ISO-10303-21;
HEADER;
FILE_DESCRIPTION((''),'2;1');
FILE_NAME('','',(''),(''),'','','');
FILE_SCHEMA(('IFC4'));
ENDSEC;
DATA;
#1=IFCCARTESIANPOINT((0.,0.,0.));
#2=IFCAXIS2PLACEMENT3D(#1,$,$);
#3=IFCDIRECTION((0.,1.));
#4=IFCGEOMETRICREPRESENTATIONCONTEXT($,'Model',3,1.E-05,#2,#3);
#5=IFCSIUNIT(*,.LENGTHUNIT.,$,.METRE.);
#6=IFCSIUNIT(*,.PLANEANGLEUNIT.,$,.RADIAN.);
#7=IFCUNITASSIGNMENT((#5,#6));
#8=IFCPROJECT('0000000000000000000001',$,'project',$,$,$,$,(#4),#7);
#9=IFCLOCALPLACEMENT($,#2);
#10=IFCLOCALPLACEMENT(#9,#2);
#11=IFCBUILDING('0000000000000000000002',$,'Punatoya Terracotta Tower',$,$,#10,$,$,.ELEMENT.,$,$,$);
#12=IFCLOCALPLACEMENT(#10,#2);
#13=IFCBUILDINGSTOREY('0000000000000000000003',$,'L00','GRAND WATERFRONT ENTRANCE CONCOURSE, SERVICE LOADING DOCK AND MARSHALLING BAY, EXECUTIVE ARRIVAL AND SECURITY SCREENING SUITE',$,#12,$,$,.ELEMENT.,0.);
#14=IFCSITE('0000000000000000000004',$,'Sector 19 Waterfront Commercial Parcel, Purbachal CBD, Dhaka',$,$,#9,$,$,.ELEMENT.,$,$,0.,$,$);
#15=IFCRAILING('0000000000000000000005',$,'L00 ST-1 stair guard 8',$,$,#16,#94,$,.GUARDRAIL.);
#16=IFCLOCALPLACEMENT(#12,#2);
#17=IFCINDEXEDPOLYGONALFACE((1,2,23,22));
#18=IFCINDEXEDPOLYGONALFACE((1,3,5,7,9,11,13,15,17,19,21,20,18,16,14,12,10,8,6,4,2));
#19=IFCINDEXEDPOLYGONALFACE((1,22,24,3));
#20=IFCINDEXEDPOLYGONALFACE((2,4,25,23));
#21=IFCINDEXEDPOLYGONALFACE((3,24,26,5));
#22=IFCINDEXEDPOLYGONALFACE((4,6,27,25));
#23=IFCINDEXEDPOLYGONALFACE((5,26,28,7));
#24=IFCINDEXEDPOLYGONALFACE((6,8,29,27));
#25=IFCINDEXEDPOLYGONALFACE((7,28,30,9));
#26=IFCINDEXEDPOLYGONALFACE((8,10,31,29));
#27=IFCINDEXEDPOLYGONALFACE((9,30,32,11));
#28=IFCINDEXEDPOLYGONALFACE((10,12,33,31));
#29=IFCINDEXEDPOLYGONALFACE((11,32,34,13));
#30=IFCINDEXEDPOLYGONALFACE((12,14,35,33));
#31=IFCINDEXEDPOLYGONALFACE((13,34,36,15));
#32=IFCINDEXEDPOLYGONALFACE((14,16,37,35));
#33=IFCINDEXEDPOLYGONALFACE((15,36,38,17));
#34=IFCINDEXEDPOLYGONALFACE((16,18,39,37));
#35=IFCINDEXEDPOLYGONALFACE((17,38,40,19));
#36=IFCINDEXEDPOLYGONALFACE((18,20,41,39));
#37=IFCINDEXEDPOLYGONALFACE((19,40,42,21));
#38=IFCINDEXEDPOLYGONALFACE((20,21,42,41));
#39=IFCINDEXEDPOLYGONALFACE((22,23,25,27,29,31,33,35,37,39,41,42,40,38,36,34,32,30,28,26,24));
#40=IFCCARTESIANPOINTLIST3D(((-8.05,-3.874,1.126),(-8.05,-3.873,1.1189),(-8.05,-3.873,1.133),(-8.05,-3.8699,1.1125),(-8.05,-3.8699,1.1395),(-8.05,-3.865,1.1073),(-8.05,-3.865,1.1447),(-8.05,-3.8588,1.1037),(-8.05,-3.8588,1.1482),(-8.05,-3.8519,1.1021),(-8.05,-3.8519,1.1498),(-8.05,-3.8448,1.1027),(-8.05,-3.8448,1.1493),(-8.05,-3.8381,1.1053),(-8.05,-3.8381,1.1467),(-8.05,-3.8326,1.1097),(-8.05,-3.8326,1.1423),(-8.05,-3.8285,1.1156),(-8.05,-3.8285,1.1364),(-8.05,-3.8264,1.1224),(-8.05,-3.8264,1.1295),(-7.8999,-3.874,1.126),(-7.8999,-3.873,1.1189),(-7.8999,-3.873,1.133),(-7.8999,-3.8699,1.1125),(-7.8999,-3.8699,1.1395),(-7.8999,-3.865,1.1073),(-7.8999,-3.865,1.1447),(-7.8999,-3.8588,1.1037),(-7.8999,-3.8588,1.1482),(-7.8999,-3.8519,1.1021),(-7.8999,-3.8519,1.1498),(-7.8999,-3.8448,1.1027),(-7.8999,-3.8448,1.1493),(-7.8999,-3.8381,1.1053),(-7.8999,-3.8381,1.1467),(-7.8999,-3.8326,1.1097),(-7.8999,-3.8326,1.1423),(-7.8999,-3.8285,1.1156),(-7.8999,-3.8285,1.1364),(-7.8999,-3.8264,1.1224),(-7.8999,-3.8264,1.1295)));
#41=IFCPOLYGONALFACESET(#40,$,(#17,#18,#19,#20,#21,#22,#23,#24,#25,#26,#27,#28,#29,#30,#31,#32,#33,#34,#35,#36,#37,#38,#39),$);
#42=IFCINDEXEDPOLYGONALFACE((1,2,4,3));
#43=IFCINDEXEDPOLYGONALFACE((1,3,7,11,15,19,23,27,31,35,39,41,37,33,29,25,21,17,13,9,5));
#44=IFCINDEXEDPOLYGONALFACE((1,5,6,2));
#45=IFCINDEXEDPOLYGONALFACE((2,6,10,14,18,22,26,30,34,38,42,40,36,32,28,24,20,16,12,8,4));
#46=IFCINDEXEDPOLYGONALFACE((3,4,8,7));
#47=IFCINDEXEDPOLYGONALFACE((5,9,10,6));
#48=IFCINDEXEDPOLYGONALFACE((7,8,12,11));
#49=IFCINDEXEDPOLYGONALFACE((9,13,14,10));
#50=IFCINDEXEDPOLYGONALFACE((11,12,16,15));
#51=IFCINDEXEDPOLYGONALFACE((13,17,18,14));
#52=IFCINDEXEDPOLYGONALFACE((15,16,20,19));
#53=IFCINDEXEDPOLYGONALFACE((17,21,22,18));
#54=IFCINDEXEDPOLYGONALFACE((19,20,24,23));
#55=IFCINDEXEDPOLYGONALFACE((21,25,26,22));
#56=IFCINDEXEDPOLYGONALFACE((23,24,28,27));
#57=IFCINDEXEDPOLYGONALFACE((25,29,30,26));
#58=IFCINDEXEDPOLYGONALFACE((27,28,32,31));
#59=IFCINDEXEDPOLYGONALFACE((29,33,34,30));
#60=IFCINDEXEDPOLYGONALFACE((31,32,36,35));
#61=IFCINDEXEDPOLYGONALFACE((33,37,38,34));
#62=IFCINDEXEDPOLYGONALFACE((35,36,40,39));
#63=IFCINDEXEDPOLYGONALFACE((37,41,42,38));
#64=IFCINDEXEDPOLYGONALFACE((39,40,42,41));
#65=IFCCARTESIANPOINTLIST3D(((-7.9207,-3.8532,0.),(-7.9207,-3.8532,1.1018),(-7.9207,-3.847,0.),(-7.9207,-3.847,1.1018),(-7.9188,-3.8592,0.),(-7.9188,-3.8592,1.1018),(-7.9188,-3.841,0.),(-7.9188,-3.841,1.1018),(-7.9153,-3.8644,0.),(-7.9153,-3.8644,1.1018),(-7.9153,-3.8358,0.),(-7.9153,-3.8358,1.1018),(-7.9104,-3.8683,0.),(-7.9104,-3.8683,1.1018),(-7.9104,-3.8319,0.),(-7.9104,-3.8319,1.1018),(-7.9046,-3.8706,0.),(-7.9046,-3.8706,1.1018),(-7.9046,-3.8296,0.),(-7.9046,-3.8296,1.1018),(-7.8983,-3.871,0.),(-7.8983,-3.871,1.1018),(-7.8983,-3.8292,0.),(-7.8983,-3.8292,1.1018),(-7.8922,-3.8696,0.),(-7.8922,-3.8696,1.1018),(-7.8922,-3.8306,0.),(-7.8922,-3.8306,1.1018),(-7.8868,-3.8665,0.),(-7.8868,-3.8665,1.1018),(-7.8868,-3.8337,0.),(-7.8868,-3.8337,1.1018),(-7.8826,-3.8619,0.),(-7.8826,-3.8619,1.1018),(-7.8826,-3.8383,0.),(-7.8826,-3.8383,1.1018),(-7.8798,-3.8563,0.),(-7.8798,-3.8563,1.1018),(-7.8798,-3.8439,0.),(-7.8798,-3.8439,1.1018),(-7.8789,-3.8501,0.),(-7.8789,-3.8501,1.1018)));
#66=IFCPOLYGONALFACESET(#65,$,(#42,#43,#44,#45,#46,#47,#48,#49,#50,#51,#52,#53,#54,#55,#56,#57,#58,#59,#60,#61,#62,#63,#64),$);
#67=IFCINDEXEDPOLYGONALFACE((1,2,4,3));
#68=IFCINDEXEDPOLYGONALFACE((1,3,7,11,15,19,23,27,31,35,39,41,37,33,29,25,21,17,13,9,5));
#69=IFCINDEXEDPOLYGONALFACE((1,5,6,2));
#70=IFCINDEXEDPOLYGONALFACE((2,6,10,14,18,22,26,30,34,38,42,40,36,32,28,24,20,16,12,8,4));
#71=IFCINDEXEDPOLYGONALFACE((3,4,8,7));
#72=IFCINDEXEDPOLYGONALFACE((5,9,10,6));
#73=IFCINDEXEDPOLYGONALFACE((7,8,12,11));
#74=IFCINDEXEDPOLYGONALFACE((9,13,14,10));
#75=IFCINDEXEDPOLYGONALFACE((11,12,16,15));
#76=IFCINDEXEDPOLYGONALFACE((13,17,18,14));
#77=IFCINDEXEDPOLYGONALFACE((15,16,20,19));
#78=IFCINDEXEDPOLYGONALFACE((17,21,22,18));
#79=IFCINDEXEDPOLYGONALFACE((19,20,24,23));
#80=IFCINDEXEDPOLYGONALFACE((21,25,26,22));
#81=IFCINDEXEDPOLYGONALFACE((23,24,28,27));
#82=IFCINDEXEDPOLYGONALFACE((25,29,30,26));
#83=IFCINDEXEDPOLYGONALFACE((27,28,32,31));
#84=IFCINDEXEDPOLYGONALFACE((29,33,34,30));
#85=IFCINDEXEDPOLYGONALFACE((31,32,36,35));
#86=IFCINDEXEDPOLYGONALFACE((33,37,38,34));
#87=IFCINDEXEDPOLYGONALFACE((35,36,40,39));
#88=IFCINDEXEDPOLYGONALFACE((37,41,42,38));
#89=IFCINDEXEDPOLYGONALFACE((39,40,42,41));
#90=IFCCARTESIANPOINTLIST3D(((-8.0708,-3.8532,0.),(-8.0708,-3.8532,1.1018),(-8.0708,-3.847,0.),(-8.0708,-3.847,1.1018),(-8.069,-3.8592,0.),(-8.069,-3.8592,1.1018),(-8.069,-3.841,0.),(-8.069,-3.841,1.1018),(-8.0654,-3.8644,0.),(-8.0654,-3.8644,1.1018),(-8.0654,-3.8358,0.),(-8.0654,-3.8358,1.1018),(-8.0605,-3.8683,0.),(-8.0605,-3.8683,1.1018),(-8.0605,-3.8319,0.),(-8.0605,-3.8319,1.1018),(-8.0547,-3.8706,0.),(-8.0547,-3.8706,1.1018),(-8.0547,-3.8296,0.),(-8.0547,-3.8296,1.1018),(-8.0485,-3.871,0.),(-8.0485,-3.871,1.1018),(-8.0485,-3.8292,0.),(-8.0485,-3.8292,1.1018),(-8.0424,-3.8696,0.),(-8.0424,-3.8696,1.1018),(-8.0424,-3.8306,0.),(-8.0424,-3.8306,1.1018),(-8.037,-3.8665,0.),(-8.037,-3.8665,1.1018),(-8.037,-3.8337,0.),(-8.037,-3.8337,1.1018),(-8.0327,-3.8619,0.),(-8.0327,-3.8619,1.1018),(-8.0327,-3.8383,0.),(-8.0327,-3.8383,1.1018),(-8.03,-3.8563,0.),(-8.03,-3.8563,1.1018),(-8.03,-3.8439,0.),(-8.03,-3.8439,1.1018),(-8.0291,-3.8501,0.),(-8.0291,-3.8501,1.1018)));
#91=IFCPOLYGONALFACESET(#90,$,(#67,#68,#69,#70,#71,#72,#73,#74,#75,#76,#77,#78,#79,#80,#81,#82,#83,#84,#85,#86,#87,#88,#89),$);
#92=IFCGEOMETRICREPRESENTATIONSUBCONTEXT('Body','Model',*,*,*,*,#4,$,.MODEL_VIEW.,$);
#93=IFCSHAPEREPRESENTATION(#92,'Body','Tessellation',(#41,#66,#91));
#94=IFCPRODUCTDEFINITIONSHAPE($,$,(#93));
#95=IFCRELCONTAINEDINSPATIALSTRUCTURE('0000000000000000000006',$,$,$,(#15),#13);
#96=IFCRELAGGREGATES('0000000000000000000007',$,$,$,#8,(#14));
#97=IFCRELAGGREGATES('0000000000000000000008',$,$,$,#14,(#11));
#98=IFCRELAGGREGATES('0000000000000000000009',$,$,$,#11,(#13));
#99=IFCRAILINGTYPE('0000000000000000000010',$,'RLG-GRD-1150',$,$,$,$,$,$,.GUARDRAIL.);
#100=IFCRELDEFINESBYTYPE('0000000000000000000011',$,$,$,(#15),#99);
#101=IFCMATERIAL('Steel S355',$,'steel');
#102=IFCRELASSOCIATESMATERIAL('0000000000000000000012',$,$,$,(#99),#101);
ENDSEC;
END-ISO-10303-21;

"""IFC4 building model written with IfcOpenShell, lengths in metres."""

from ifc_helpers import new_model, si_unit, direction, frame, origin, origin_2d, place, context, subcontext, project, spatial, circle, extrude, material, type_object, element, save


model = new_model("IFC4")

# Units and contexts
model_context = context("Model", 3, precision=1e-05, world=origin(), true_north=direction((0.0, 1.0)))
body_context = subcontext(model_context, "Body", "Model", "MODEL_VIEW")
ifc_project = project(units=[si_unit("LENGTHUNIT", "METRE"), si_unit("PLANEANGLEUNIT", "RADIAN")], contexts=[model_context])

# Site, building, storey
site_placement = place(None, origin())
site = spatial("IfcSite", under=ifc_project, at=site_placement, Name="Sector 19 Waterfront Commercial Parcel, Purbachal CBD, Dhaka", CompositionType="ELEMENT", RefElevation=0.0)
building_placement = place(site_placement, origin())
building = spatial("IfcBuilding", under=site, at=building_placement, Name="Punatoya Terracotta Tower", CompositionType="ELEMENT")
storey_placement = place(building_placement, origin())
storey = spatial("IfcBuildingStorey", under=building, at=storey_placement, Name="L00", Description="GRAND WATERFRONT ENTRANCE CONCOURSE, SERVICE LOADING DOCK AND MARSHALLING BAY, EXECUTIVE ARRIVAL AND SECURITY SCREENING SUITE", CompositionType="ELEMENT", Elevation=0.0)

# Shared definitions
ifc_material_1 = material(Name="Steel S355", Category="steel")

# Railing
railing_type_1 = type_object("IfcRailingType", Name="RLG-GRD-1150", PredefinedType="GUARDRAIL", material=ifc_material_1)
railing_1_placement = place(storey_placement, frame((-7.8999, -3.8501, 0.0)))
element("IfcRailing", 1, at=railing_1_placement, inside=storey, type_object=railing_type_1, Name="L00 ST-1 stair guard 8", PredefinedType="GUARDRAIL", context=body_context, shape_type="SweptSolid", body=[
    extrude(circle(Radius=0.0239, at=origin_2d()), frame((0.0, 0.0, 1.126), z_axis=(-1.0, 0.0, 0.0), x_axis=(0.0, -1.0, 0.0)), (0.0, 0.0, 1.0), 0.1501),
    extrude(circle(Radius=0.021, at=origin_2d()), origin(), (0.0, 0.0, 1.0), 1.1018),
    extrude(circle(Radius=0.021, at=origin_2d()), frame((-0.1501, 0.0, 0.0)), (0.0, 0.0, 1.0), 1.1018),
])

save(model, "model.ifc")
